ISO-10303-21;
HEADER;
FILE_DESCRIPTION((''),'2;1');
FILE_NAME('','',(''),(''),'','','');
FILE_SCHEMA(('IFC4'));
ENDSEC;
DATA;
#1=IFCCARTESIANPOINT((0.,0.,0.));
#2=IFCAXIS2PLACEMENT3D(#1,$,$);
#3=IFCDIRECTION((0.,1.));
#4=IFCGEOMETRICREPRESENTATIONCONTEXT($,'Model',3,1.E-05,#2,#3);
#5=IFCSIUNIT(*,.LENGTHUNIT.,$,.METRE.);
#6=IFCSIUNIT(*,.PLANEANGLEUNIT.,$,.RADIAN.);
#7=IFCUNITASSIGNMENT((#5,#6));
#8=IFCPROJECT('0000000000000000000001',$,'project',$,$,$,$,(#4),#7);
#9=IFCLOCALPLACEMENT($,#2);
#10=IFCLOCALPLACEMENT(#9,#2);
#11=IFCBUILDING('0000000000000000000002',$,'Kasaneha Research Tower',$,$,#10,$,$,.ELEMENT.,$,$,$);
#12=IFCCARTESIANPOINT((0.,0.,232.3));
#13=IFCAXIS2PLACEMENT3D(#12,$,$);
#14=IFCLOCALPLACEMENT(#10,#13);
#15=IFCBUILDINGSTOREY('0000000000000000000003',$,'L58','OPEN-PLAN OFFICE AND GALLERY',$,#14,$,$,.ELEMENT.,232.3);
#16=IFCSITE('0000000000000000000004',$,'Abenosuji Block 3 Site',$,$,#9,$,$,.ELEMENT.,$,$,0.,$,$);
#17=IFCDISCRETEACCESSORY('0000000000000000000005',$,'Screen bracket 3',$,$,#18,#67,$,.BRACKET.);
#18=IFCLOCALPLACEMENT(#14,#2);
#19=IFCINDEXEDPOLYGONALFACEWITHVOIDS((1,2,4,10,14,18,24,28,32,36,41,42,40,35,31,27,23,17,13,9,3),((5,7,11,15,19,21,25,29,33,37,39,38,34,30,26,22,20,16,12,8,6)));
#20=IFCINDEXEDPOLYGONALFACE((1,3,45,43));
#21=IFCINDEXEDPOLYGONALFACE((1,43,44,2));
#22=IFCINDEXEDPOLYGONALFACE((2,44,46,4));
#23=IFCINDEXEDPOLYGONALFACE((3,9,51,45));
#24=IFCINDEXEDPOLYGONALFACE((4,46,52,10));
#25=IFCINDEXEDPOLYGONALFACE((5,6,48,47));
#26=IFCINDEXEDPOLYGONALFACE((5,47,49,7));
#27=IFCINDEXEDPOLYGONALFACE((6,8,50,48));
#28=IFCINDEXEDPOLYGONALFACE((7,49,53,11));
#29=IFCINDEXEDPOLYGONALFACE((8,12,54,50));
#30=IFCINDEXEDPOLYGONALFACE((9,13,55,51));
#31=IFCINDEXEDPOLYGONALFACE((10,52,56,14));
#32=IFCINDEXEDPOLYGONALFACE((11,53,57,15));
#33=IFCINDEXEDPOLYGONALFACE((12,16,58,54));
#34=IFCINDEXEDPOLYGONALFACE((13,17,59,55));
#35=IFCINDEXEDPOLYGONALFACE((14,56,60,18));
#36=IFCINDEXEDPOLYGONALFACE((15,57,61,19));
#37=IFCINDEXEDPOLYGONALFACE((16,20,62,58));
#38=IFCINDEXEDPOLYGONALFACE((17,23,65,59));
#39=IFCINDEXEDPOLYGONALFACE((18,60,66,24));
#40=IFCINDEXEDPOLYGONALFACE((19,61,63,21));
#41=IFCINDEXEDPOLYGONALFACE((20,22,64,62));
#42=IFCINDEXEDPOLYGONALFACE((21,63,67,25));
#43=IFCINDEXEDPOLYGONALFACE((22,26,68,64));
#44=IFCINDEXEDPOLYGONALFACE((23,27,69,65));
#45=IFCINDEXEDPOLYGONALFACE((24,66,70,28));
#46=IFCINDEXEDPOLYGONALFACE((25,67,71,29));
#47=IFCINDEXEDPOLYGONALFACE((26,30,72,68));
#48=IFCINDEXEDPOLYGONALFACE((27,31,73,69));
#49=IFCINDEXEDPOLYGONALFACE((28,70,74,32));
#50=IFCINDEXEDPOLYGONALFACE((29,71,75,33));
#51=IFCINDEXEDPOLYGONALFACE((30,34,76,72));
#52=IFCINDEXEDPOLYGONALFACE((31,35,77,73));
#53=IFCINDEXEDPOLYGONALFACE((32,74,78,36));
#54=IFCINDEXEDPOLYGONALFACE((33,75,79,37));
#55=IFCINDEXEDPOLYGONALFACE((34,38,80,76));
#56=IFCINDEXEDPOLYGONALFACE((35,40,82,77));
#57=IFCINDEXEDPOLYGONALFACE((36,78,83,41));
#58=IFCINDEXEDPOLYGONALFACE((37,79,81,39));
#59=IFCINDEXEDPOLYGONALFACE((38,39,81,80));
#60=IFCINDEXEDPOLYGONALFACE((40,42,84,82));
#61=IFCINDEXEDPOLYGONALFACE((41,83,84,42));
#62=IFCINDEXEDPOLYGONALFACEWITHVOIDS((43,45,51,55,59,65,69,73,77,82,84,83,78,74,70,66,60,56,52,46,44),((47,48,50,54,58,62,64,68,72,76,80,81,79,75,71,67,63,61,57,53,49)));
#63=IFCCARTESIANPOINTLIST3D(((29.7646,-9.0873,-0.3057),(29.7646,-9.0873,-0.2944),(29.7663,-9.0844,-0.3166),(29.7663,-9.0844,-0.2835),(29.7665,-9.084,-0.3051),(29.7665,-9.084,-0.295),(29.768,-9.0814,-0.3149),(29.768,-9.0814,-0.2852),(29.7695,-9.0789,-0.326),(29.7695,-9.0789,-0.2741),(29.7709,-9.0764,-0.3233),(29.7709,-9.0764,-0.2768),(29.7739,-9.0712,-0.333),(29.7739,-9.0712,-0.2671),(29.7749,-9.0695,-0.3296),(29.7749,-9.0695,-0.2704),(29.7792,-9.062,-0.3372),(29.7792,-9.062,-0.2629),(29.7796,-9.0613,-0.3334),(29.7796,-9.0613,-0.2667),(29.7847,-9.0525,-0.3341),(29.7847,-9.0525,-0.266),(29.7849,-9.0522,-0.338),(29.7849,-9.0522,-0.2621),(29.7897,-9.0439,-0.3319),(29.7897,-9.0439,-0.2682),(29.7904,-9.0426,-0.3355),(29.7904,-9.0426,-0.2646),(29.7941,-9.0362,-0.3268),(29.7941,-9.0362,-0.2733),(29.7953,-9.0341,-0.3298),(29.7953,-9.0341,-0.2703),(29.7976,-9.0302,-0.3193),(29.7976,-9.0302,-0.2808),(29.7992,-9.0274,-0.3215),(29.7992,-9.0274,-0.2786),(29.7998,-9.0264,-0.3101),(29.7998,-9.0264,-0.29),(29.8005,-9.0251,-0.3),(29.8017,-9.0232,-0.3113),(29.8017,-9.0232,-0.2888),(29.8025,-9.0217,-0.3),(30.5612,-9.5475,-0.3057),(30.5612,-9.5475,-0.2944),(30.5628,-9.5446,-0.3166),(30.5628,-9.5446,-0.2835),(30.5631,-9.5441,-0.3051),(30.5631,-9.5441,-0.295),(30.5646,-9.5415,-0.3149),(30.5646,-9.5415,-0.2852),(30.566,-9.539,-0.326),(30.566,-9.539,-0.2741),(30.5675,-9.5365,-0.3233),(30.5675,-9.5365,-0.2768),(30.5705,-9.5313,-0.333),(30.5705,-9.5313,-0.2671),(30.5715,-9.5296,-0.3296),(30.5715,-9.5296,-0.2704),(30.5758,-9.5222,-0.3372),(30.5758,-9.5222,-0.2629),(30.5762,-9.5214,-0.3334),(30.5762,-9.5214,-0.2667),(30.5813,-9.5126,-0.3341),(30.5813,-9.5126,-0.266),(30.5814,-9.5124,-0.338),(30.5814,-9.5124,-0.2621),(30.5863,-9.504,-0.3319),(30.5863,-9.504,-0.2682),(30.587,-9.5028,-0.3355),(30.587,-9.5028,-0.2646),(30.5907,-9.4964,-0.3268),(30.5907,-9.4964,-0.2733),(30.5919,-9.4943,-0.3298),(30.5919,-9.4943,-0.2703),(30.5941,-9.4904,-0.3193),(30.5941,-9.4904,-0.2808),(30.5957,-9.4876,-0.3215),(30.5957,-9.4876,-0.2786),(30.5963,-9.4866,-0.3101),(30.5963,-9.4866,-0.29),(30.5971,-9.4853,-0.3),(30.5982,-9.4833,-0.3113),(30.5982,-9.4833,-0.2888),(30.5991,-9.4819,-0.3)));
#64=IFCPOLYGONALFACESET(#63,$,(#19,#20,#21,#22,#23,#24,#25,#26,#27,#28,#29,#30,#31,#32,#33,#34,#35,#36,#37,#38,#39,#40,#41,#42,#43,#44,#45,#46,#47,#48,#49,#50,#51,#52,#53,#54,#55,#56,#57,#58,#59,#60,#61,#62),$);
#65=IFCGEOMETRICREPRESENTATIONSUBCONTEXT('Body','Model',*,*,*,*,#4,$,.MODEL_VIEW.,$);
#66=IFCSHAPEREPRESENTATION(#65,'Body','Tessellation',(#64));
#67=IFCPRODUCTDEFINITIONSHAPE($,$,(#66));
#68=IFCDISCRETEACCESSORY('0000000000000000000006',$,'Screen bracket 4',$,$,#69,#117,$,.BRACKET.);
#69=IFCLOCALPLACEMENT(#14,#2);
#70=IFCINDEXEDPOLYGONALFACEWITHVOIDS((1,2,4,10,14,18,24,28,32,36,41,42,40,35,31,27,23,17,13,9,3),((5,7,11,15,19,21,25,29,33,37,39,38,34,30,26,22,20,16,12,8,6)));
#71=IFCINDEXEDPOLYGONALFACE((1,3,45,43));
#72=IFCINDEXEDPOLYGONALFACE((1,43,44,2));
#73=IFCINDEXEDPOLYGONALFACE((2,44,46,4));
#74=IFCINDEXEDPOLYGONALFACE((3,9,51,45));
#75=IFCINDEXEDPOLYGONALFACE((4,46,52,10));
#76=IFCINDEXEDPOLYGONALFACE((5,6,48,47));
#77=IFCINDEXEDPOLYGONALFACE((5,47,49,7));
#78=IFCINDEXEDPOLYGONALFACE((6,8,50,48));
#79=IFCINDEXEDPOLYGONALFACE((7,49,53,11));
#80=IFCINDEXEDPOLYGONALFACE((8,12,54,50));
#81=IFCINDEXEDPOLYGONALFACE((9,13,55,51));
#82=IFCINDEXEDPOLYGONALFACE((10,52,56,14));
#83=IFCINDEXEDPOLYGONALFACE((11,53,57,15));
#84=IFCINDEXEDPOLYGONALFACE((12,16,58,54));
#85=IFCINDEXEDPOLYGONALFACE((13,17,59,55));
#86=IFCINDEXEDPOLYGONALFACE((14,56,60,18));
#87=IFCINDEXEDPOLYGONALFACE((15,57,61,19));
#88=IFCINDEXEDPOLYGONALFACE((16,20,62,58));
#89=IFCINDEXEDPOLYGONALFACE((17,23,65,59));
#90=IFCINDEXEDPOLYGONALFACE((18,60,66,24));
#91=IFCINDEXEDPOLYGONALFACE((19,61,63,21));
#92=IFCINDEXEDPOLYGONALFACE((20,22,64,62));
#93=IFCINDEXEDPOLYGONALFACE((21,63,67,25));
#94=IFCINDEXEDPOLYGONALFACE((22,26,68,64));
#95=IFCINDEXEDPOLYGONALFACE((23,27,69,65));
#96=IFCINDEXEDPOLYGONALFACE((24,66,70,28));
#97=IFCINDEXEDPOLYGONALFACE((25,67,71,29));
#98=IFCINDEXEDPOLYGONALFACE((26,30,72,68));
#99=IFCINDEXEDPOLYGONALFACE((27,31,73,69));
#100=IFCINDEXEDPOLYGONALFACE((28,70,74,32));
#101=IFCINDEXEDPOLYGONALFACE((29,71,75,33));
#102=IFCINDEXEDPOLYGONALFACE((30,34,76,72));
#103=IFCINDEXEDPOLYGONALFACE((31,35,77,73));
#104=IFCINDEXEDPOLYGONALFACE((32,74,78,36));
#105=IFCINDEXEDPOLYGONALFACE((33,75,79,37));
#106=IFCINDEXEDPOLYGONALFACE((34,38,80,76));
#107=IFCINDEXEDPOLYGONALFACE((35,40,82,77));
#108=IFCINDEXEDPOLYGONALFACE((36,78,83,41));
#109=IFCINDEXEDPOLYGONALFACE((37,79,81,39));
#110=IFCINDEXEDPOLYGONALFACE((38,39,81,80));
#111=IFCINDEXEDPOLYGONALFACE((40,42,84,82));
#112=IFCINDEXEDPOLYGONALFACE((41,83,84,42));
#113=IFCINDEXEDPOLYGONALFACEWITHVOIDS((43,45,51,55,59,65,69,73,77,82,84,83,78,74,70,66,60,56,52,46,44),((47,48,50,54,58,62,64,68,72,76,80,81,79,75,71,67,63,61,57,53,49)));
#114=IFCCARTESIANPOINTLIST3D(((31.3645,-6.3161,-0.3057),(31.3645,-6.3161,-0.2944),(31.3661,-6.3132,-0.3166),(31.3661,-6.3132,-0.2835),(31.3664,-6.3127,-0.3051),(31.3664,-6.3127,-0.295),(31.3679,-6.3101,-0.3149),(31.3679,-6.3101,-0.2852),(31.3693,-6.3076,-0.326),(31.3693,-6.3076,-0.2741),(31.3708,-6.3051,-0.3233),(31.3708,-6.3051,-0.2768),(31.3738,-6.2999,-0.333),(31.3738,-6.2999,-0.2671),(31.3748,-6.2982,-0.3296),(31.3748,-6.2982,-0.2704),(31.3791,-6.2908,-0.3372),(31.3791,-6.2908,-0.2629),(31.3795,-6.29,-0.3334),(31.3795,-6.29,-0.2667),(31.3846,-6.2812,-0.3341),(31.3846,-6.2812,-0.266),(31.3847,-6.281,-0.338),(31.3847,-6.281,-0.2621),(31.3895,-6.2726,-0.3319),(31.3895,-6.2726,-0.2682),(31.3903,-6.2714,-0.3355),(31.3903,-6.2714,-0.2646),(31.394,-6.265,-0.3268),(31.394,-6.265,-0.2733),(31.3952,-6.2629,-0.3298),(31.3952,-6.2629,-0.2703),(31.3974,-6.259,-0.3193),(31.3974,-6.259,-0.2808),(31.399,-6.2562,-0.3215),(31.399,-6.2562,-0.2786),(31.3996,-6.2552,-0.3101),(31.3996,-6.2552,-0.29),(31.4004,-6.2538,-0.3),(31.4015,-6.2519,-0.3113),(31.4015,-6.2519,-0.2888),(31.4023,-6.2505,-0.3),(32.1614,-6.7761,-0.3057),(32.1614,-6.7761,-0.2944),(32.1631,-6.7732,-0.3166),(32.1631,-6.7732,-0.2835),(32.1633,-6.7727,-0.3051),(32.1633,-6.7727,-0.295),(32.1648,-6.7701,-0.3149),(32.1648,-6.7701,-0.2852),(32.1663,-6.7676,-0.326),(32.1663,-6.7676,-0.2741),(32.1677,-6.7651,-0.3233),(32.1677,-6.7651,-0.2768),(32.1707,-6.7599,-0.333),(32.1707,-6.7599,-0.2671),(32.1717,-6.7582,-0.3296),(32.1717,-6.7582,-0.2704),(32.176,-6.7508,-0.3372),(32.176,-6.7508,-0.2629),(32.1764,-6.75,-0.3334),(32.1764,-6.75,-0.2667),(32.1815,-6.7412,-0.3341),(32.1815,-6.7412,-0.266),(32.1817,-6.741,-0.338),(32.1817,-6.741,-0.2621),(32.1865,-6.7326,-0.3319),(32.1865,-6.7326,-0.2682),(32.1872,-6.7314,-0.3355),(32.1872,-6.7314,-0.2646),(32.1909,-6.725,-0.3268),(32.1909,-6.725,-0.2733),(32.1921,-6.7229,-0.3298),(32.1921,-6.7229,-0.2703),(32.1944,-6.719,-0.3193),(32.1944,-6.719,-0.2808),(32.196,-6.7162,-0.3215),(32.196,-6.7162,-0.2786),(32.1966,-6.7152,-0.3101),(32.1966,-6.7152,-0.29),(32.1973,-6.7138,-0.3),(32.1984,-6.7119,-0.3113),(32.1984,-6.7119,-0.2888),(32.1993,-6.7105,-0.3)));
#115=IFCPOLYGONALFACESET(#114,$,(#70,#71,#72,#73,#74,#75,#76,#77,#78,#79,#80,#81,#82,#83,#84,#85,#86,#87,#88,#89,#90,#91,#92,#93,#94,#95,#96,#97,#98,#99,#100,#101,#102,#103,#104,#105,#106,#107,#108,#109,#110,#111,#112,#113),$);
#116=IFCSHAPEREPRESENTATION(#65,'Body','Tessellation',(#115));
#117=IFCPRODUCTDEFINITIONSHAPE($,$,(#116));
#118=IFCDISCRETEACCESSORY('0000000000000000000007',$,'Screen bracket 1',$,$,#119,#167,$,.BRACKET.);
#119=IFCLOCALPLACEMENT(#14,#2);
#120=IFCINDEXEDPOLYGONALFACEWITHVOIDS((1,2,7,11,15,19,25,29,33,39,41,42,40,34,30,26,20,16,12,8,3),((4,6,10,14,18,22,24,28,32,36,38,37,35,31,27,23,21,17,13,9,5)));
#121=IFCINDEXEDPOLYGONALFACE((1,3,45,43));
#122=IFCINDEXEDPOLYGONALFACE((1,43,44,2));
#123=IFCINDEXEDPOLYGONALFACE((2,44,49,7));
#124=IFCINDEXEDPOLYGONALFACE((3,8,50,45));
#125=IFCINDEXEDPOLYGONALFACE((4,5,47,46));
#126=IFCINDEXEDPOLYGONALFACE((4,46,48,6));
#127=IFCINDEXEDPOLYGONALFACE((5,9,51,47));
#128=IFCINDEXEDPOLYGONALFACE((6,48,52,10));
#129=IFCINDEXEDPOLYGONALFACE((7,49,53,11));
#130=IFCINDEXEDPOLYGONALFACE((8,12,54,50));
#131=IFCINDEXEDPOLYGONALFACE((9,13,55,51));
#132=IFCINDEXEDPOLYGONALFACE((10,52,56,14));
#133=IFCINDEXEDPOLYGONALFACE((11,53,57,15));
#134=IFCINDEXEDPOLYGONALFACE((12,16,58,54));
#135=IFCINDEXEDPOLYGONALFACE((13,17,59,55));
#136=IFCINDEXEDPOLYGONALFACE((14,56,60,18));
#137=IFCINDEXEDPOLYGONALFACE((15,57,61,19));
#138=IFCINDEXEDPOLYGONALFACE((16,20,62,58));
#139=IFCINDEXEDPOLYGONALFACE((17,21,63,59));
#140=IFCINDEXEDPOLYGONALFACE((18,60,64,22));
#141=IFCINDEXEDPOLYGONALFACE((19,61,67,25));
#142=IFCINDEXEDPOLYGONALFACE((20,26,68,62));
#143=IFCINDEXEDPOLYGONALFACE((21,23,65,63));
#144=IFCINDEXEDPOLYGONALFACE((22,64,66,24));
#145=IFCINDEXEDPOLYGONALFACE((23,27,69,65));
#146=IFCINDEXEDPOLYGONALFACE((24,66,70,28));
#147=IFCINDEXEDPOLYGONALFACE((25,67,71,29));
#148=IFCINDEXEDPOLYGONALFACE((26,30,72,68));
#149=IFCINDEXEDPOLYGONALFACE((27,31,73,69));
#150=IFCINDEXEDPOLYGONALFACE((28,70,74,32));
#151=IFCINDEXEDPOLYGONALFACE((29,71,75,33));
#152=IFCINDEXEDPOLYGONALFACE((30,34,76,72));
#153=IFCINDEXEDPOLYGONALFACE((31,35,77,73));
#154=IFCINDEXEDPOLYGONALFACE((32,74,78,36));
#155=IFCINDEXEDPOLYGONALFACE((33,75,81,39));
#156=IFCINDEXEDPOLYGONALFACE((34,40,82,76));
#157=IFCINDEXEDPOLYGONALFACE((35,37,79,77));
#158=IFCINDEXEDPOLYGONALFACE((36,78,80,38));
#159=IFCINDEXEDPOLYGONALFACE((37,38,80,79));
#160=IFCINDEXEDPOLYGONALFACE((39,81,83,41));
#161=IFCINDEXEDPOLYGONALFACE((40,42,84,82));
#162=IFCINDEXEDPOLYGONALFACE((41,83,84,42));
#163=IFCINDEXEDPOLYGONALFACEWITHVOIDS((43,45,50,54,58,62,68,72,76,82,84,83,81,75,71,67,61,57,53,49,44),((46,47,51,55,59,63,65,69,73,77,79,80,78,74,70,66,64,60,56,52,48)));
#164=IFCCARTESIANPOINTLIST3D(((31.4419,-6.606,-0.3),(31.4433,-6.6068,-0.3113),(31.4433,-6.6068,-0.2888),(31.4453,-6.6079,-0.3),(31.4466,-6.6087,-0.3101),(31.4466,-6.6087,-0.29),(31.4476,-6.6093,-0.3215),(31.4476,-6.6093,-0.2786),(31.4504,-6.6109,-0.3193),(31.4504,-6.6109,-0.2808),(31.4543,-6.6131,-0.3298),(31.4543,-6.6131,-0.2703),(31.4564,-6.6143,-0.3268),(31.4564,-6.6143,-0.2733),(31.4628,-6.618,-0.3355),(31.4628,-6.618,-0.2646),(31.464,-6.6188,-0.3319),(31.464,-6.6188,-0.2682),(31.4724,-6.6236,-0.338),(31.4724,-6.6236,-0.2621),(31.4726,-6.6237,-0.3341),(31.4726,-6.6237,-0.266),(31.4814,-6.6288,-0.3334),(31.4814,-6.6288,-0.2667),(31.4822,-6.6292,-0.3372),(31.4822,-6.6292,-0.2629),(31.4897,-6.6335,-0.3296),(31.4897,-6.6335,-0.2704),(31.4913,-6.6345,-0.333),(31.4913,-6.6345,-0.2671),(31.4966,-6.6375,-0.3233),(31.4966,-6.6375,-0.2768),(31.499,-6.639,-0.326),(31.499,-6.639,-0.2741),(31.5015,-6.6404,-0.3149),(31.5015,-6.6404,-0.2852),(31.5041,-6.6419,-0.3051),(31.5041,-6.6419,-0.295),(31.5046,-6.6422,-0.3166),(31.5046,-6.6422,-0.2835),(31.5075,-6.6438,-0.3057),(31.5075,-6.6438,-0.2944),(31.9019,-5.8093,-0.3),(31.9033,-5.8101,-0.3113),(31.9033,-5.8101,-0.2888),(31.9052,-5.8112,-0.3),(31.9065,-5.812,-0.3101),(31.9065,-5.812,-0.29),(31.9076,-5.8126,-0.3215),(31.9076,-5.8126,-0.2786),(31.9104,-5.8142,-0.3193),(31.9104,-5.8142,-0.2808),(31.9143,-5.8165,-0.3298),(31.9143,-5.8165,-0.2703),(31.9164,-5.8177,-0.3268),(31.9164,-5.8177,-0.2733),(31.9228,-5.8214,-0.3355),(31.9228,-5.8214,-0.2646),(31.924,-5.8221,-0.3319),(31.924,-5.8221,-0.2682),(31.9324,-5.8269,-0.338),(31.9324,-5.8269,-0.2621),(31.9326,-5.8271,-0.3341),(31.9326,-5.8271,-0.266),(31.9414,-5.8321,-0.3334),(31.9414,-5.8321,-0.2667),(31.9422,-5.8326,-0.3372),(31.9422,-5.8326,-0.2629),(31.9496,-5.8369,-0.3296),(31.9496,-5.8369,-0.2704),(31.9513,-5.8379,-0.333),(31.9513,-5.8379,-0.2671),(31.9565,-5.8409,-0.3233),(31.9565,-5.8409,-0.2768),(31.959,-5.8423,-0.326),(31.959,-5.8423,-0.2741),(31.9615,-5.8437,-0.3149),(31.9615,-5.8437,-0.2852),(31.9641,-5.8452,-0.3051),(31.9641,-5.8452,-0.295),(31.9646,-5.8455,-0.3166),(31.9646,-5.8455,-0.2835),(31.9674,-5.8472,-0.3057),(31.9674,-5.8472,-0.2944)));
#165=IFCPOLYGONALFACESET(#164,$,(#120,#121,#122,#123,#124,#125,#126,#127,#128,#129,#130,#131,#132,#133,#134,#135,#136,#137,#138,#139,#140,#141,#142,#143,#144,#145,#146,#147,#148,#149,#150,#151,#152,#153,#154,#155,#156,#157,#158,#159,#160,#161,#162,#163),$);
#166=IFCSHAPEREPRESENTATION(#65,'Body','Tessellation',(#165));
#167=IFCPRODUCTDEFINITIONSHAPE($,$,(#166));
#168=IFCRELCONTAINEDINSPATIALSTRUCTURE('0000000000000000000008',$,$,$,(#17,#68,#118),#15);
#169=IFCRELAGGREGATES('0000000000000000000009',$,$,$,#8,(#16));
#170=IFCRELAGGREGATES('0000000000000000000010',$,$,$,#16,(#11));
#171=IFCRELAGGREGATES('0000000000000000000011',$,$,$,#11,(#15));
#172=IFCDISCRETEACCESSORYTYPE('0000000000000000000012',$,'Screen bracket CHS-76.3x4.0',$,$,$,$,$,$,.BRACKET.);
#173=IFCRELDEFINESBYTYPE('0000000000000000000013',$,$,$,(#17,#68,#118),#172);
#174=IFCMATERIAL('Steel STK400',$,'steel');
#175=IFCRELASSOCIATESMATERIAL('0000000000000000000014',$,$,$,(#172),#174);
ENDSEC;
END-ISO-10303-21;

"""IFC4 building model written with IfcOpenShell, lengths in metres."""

from ifc_helpers import new_model, si_unit, direction, frame, origin, origin_2d, place, context, subcontext, project, spatial, hollow_circle, extrude, material, material_profile, profile_set, type_object, element, save


model = new_model("IFC4")

# Units and contexts
model_context = context("Model", 3, precision=1e-05, world=origin(), true_north=direction((0.0, 1.0)))
body_context = subcontext(model_context, "Body", "Model", "MODEL_VIEW")
ifc_project = project(units=[si_unit("LENGTHUNIT", "METRE"), si_unit("PLANEANGLEUNIT", "RADIAN")], contexts=[model_context])

# Site, building, storey
site_placement = place(None, origin())
site = spatial("IfcSite", under=ifc_project, at=site_placement, Name="Abenosuji Block 3 Site", CompositionType="ELEMENT", RefElevation=0.0)
building_placement = place(site_placement, origin())
building = spatial("IfcBuilding", under=site, at=building_placement, Name="Kasaneha Research Tower", CompositionType="ELEMENT")
storey_placement = place(building_placement, frame((0.0, 0.0, 232.3)))
storey = spatial("IfcBuildingStorey", under=building, at=storey_placement, Name="L58", Description="OPEN-PLAN OFFICE AND GALLERY", CompositionType="ELEMENT", Elevation=232.3)

# Discrete accessories
ifc_material_1 = material(Name="Steel STK400", Category="steel")
ifc_material_profile_1 = material_profile(ifc_material_1, hollow_circle(Radius=0.0381, WallThickness=0.0039, at=origin_2d()), Name="CHS-76.3x4.0")
ifc_profile_set_1 = profile_set([ifc_material_profile_1], Name="Steel STK400")
discrete_accessory_type = type_object("IfcDiscreteAccessoryType", Name="Screen bracket CHS-76.3x4.0", PredefinedType="BRACKET", material=ifc_profile_set_1)
for number, where, z_axis, x_axis, name in (
    (1, (29.7834, -9.0547, -0.3), (0.865898, -0.50022, 0.0), (0.50022, 0.865898, 0.0), "Screen bracket 3"),
):
    element("IfcDiscreteAccessory", number, at=place(storey_placement, frame(where, z_axis=z_axis, x_axis=x_axis)), inside=storey, type_object=discrete_accessory_type, Name=name, PredefinedType="BRACKET", context=body_context, shape_type="SweptSolid", body=[
        extrude(hollow_circle(Radius=0.0381, WallThickness=0.0039, at=origin_2d()), origin(), (0.0, 0.0, 1.0), 0.9199),
    ])
discrete_accessory_1_placement = place(storey_placement, frame((31.3833, -6.2834, -0.3), z_axis=(0.86608, -0.499906, 0.0), x_axis=(0.499906, 0.86608, 0.0)))
element("IfcDiscreteAccessory", 2, at=discrete_accessory_1_placement, inside=storey, type_object=discrete_accessory_type, Name="Screen bracket 4", PredefinedType="BRACKET", context=body_context, shape_type="SweptSolid", body=[
    extrude(hollow_circle(Radius=0.0381, WallThickness=0.0039, at=origin_2d()), origin(), (0.0, 0.0, 1.0), 0.9202),
])
discrete_accessory_2_placement = place(storey_placement, frame((31.4749, -6.625, -0.3), z_axis=(0.500021, 0.866013, 0.0), x_axis=(-0.866013, 0.500021, 0.0)))
element("IfcDiscreteAccessory", 3, at=discrete_accessory_2_placement, inside=storey, type_object=discrete_accessory_type, Name="Screen bracket 1", PredefinedType="BRACKET", context=body_context, shape_type="SweptSolid", body=[
    extrude(hollow_circle(Radius=0.0381, WallThickness=0.0039, at=origin_2d()), origin(), (0.0, 0.0, 1.0), 0.9199),
])

save(model, "model.ifc")
